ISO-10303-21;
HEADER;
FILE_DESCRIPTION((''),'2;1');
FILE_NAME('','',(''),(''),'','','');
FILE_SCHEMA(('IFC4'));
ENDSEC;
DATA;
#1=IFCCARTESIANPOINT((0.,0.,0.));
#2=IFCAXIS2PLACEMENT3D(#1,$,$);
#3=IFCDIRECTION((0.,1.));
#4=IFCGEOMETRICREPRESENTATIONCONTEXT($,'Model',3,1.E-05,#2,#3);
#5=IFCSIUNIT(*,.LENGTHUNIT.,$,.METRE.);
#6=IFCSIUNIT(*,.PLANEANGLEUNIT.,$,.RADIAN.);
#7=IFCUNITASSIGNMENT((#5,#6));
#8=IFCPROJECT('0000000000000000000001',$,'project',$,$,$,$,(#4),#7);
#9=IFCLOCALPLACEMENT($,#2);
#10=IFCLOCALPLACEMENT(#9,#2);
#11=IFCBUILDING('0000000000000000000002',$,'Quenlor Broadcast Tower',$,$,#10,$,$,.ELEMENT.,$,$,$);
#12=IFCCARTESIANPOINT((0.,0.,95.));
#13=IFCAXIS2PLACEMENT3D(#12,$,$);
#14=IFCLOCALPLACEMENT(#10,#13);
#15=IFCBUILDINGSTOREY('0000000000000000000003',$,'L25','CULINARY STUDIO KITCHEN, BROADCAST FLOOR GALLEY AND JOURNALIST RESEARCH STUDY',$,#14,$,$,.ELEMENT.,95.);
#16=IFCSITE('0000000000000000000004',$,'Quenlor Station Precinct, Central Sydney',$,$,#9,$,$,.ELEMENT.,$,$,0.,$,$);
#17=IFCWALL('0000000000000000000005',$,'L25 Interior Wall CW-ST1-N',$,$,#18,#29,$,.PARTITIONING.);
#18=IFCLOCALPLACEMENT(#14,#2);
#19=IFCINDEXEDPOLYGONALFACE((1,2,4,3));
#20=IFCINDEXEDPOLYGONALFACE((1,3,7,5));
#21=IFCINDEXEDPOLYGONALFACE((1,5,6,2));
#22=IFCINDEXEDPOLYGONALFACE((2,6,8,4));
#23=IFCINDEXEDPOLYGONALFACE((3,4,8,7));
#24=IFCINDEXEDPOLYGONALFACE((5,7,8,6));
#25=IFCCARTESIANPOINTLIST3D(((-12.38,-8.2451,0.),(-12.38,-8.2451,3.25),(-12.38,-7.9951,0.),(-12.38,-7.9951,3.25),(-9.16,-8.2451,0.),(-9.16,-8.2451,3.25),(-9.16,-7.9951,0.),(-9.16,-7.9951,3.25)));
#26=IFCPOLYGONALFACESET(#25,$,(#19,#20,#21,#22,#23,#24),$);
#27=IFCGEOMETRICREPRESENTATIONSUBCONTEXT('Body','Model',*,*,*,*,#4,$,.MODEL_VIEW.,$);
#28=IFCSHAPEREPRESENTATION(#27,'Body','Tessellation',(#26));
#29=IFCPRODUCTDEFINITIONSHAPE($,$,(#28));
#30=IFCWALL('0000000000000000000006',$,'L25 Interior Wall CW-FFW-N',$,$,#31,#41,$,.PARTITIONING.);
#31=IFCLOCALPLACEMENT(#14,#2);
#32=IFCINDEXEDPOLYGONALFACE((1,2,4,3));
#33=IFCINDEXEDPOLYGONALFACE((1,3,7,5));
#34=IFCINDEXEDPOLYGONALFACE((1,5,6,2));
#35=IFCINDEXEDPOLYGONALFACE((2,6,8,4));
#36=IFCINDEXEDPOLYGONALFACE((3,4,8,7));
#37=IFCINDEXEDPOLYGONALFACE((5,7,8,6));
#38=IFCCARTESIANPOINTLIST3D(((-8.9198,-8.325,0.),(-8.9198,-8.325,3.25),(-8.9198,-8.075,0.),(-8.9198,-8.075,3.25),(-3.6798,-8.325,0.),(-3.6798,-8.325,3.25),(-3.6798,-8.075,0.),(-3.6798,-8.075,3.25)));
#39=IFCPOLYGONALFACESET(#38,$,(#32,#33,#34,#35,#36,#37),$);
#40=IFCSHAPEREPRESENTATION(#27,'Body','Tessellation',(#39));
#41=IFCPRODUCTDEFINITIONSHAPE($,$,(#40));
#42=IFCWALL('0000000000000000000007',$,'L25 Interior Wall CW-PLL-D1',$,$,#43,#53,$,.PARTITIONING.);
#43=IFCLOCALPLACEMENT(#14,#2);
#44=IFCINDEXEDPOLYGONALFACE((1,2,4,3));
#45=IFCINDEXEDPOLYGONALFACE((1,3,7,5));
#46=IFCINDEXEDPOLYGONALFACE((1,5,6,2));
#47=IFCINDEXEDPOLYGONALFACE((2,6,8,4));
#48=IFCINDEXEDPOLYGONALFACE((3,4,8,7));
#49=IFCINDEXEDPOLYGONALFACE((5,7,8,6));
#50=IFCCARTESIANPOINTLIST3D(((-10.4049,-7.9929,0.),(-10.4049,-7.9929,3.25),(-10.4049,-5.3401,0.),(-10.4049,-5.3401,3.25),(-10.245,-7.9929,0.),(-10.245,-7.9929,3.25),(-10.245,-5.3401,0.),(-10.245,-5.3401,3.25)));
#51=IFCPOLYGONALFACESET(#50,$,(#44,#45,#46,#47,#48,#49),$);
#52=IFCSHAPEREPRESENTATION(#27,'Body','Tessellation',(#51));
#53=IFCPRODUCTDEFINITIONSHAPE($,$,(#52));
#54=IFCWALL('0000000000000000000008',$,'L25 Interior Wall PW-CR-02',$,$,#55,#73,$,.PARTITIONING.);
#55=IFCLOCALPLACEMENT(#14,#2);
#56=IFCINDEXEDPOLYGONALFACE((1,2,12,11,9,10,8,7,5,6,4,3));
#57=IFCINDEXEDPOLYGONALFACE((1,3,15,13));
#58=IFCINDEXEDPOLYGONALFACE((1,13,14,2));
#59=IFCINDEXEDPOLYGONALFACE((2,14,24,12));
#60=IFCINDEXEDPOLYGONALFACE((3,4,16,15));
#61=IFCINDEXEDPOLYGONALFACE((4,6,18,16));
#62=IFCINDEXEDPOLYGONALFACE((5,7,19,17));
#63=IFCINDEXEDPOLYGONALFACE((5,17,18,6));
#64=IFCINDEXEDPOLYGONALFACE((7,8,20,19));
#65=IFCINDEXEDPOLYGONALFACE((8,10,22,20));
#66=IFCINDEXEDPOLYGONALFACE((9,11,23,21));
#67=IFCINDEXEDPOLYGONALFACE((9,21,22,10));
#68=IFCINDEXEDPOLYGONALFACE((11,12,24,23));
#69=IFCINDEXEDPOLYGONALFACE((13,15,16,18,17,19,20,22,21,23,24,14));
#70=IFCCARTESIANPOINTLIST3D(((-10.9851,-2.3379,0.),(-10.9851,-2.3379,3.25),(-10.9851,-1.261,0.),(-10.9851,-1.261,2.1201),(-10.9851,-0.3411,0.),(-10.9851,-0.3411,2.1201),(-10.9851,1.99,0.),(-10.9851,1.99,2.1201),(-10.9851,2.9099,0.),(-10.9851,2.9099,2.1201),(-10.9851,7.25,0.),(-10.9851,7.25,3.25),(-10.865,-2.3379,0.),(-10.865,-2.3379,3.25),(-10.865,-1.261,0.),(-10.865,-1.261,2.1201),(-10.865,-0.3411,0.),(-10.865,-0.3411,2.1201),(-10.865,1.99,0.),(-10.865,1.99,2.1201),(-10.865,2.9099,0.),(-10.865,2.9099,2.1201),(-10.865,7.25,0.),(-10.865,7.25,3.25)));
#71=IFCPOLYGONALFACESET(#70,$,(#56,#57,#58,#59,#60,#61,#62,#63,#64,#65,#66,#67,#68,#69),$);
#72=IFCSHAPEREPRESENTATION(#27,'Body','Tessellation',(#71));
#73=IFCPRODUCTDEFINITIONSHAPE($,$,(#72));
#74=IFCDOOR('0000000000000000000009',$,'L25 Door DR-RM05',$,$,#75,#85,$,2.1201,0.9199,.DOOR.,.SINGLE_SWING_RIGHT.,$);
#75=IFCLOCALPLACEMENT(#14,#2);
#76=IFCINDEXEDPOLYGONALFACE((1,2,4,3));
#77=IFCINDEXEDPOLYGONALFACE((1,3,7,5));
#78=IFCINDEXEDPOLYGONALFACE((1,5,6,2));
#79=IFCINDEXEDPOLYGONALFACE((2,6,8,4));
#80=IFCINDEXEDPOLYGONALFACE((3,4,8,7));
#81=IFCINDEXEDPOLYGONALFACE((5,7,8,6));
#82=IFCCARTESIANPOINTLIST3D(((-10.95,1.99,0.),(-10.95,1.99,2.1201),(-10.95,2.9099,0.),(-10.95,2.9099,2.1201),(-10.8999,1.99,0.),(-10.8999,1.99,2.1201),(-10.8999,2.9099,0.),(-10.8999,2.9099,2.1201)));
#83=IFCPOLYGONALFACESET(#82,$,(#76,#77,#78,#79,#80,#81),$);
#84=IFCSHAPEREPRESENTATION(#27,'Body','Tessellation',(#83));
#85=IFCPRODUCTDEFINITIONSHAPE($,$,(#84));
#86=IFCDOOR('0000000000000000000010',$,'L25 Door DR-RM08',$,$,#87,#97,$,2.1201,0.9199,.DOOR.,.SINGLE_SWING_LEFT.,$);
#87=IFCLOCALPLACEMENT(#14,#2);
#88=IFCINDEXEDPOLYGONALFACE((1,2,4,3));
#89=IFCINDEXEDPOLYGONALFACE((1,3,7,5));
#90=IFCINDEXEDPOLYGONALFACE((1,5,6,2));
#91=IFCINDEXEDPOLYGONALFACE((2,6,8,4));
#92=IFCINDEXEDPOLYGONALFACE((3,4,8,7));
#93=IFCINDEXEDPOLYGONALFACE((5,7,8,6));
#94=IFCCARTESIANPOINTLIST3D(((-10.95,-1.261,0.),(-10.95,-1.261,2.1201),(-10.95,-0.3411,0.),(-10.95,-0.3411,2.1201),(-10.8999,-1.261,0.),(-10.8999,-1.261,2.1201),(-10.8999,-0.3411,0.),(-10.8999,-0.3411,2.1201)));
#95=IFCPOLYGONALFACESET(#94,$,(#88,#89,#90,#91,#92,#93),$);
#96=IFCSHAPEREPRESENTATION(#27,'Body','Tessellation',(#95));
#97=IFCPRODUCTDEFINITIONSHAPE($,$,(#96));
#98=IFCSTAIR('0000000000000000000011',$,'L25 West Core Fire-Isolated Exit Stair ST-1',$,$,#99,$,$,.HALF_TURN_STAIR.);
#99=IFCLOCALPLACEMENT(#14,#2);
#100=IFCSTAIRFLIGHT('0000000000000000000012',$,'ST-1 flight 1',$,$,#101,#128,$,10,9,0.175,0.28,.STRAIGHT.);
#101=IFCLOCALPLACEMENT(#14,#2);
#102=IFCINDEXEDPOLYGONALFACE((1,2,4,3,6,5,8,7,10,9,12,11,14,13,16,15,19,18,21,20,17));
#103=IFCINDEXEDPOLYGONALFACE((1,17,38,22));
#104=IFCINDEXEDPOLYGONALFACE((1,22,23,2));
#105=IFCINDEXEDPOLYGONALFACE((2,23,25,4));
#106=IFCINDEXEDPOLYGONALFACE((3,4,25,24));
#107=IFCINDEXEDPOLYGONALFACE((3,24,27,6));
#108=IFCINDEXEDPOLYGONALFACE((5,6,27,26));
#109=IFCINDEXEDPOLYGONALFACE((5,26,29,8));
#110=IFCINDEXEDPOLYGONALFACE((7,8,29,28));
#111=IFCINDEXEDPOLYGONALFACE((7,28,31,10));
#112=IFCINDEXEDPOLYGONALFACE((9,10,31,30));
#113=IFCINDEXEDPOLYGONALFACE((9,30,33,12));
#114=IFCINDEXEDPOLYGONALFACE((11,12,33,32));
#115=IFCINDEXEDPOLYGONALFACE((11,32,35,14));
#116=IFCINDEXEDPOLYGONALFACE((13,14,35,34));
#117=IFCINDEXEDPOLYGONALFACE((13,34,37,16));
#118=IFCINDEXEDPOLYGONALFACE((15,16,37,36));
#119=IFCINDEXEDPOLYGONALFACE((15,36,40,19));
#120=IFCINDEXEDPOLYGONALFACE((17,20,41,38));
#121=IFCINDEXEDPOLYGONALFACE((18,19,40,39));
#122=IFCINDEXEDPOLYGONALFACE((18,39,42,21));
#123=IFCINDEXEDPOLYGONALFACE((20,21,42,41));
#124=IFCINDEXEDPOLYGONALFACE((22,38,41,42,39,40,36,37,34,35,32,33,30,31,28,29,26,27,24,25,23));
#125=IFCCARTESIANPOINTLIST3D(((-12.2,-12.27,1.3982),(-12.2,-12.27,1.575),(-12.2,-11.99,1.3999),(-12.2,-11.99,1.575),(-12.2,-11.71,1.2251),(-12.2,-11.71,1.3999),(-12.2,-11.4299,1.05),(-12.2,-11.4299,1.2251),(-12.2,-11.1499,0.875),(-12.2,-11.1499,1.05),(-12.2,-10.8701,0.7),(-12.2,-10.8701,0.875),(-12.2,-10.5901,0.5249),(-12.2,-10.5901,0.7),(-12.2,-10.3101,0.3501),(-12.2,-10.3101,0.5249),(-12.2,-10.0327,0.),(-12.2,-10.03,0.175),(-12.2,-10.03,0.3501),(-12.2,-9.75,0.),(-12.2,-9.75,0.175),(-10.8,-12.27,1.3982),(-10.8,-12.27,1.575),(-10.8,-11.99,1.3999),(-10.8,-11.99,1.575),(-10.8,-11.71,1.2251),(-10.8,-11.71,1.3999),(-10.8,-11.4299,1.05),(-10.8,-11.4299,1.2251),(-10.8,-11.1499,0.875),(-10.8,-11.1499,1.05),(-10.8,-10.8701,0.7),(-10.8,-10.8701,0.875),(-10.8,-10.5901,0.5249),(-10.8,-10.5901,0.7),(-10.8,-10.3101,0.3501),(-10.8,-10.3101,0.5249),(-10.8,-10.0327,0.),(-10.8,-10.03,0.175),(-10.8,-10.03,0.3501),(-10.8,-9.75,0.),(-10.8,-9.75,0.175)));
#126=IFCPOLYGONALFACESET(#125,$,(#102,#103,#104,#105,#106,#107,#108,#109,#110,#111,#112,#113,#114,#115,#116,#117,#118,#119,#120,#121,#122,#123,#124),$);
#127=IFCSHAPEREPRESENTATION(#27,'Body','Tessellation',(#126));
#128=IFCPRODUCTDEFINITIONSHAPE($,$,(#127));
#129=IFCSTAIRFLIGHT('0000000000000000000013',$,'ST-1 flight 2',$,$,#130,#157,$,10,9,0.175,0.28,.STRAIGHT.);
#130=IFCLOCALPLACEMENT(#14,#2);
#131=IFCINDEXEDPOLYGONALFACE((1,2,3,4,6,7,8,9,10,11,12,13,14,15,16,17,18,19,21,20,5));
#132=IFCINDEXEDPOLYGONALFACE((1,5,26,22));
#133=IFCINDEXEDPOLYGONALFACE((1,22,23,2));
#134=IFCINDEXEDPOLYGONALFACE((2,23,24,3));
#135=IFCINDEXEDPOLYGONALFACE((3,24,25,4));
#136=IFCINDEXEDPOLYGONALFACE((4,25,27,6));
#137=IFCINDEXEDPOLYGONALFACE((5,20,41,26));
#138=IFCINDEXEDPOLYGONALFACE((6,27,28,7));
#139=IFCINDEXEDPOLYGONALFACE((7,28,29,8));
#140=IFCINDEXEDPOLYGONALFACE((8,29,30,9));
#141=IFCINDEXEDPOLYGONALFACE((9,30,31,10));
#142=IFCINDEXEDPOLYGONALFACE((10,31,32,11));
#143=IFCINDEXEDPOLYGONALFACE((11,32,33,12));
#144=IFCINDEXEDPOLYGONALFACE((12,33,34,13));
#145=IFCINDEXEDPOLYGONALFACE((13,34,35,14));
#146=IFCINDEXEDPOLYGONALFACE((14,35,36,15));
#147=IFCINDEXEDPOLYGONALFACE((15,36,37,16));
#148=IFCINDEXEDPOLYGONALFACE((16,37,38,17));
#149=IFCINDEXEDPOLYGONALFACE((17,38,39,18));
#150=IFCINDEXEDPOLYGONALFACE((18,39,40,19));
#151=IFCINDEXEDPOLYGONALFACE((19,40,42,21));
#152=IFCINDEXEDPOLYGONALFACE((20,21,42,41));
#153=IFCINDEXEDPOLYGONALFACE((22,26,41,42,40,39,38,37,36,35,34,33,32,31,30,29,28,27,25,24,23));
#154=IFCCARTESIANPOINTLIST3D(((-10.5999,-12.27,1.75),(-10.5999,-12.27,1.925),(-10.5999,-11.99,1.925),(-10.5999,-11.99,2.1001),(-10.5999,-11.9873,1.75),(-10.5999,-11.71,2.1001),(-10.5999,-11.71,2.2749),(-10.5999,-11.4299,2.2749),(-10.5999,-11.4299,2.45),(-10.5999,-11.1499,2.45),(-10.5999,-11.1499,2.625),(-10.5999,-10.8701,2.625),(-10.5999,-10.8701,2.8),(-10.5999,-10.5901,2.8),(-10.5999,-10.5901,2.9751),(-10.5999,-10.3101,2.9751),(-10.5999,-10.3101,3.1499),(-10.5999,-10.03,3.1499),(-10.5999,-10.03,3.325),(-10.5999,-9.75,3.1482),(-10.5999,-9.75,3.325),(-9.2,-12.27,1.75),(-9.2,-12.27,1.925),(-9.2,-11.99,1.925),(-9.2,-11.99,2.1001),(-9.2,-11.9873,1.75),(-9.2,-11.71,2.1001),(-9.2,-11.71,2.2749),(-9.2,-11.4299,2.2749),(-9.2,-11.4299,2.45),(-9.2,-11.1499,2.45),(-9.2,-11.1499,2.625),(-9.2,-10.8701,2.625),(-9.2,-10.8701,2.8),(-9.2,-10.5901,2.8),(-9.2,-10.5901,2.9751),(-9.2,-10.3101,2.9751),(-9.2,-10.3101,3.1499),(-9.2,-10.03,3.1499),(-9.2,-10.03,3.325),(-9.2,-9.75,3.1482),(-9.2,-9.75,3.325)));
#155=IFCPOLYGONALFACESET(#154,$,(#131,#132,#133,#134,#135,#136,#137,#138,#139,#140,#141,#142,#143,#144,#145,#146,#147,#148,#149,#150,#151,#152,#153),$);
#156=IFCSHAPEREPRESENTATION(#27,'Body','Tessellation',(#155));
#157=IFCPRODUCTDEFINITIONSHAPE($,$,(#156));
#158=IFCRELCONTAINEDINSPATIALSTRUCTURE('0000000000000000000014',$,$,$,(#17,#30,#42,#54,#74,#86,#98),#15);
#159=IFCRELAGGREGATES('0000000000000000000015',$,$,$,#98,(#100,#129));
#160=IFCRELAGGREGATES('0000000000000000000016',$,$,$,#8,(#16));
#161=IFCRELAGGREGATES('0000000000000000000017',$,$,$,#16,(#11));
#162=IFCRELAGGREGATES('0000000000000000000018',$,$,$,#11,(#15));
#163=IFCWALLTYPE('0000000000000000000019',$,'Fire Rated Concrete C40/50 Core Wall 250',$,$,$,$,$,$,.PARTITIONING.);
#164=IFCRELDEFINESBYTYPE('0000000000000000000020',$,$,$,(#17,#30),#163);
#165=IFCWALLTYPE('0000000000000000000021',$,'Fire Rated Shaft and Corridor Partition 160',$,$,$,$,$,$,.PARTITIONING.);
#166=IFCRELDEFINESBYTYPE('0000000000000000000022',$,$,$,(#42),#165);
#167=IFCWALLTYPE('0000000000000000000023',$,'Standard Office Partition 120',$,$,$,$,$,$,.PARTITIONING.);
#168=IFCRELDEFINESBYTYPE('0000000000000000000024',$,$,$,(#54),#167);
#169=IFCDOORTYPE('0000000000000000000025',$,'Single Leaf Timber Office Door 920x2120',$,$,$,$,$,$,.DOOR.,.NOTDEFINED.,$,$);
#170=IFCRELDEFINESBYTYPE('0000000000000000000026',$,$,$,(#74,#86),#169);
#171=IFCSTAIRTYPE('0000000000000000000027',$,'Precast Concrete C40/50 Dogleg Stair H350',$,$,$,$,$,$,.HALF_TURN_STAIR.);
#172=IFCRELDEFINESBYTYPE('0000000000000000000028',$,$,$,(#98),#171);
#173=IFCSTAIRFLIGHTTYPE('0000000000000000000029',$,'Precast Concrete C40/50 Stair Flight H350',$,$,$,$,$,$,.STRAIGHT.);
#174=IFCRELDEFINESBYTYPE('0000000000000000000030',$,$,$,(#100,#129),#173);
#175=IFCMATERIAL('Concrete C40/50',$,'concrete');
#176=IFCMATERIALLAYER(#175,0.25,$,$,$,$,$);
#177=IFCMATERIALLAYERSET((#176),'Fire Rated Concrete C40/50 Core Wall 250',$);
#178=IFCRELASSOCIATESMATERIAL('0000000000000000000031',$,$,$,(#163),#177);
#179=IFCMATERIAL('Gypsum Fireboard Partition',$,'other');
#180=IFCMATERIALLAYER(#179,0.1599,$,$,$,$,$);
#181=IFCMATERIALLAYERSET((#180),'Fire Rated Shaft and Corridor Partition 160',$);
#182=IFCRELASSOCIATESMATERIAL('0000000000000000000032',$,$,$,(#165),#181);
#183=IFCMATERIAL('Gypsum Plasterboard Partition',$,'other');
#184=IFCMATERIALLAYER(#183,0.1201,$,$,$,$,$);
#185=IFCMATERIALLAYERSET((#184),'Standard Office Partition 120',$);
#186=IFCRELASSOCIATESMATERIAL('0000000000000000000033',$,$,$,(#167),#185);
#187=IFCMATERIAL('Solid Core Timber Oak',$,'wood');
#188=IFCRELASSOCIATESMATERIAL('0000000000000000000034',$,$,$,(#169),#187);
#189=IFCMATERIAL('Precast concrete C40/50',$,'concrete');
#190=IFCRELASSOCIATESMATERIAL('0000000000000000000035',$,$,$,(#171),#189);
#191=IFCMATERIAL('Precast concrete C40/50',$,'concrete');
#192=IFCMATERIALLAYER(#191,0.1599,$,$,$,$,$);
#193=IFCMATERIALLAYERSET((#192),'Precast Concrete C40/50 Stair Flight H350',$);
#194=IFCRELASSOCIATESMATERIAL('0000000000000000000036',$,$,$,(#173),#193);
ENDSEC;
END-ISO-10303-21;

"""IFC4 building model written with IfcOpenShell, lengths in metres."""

from ifc_helpers import new_model, si_unit, direction, frame, frame_2d, origin, place, context, subcontext, project, spatial, polyline, rectangle, outline, extrude, material, layer, layer_set, type_object, element, fill, aggregate, save


model = new_model("IFC4")

# Units and contexts
model_context = context("Model", 3, precision=1e-05, world=origin(), true_north=direction((0.0, 1.0)))
body_context = subcontext(model_context, "Body", "Model", "MODEL_VIEW")
ifc_project = project(units=[si_unit("LENGTHUNIT", "METRE"), si_unit("PLANEANGLEUNIT", "RADIAN")], contexts=[model_context])

# Site, building, storey
site_placement = place(None, origin())
site = spatial("IfcSite", under=ifc_project, at=site_placement, Name="Quenlor Station Precinct, Central Sydney", CompositionType="ELEMENT", RefElevation=0.0)
building_placement = place(site_placement, origin())
building = spatial("IfcBuilding", under=site, at=building_placement, Name="Quenlor Broadcast Tower", CompositionType="ELEMENT")
storey_placement = place(building_placement, frame((0.0, 0.0, 95.0)))
storey = spatial("IfcBuildingStorey", under=building, at=storey_placement, Name="L25", Description="CULINARY STUDIO KITCHEN, BROADCAST FLOOR GALLEY AND JOURNALIST RESEARCH STUDY", CompositionType="ELEMENT", Elevation=95.0)

# Shared definitions
ifc_material_1 = material(Name="Concrete C40/50", Category="concrete")
ifc_layer_1 = layer(ifc_material_1, 0.25)
ifc_layer_set_1 = layer_set([ifc_layer_1], Name="Fire Rated Concrete C40/50 Core Wall 250")
wall_type_1 = type_object("IfcWallType", Name="Fire Rated Concrete C40/50 Core Wall 250", PredefinedType="PARTITIONING", material=ifc_layer_set_1)

# Walls
wall_1_placement = place(storey_placement, frame((-12.3799, -8.1201, 0.0), z_axis=(0.0, 0.0, 1.0), x_axis=(1.0, 0.0, 0.0)))
element("IfcWall", 1, at=wall_1_placement, inside=storey, type_object=wall_type_1, Name="L25 Interior Wall CW-ST1-N", PredefinedType="PARTITIONING", context=body_context, shape_type="SweptSolid", body=[
    extrude(rectangle(XDim=3.22, YDim=0.25, at=frame_2d((1.6099, 0.0))), origin(), (0.0, 0.0, 1.0), 3.25),
])
wall_2_placement = place(storey_placement, frame((-8.9199, -8.2, 0.0), z_axis=(0.0, 0.0, 1.0), x_axis=(1.0, 0.0, 0.0)))
element("IfcWall", 2, at=wall_2_placement, inside=storey, type_object=wall_type_1, Name="L25 Interior Wall CW-FFW-N", PredefinedType="PARTITIONING", context=body_context, shape_type="SweptSolid", body=[
    extrude(rectangle(XDim=5.24, YDim=0.25, at=frame_2d((2.6201, 0.0))), origin(), (0.0, 0.0, 1.0), 3.25),
])

# Wall
ifc_material_2 = material(Name="Gypsum Fireboard Partition", Category="other")
ifc_layer_2 = layer(ifc_material_2, 0.1599)
ifc_layer_set_2 = layer_set([ifc_layer_2], Name="Fire Rated Shaft and Corridor Partition 160")
wall_type_2 = type_object("IfcWallType", Name="Fire Rated Shaft and Corridor Partition 160", PredefinedType="PARTITIONING", material=ifc_layer_set_2)
wall_3_placement = place(storey_placement, frame((-10.325, -7.9929, 0.0), z_axis=(0.0, 0.0, 1.0), x_axis=(0.0, 1.0, 0.0)))
element("IfcWall", 3, at=wall_3_placement, inside=storey, type_object=wall_type_2, Name="L25 Interior Wall CW-PLL-D1", PredefinedType="PARTITIONING", context=body_context, shape_type="SweptSolid", body=[
    extrude(rectangle(XDim=2.6528, YDim=0.1599, at=frame_2d((1.3264, 0.0))), origin(), (0.0, 0.0, 1.0), 3.25),
])

# Wall, openings, doors
ifc_material_3 = material(Name="Gypsum Plasterboard Partition", Category="other")
ifc_layer_3 = layer(ifc_material_3, 0.1201)
ifc_layer_set_3 = layer_set([ifc_layer_3], Name="Standard Office Partition 120")
wall_type_3 = type_object("IfcWallType", Name="Standard Office Partition 120", PredefinedType="PARTITIONING", material=ifc_layer_set_3)
wall_4_placement = place(storey_placement, frame((-10.925, -2.3379, 0.0), z_axis=(0.0, 0.0, 1.0), x_axis=(0.0, 1.0, 0.0)))
wall_4 = element("IfcWall", 4, at=wall_4_placement, inside=storey, type_object=wall_type_3, Name="L25 Interior Wall PW-CR-02", PredefinedType="PARTITIONING", context=body_context, shape_type="SweptSolid", body=[
    extrude(rectangle(XDim=9.5879, YDim=0.1201, at=frame_2d((4.7939, 0.0))), origin(), (0.0, 0.0, 1.0), 3.25),
])
opening_1_placement = place(wall_4_placement, frame((4.3279, 0.0, 0.0)))
opening_1 = element("IfcOpeningElement", 5, at=opening_1_placement, cuts=wall_4, PredefinedType="OPENING", context=body_context, shape_type="SweptSolid", body=[
    extrude(rectangle(XDim=0.9199, YDim=2.1201, at=frame_2d((0.46, 1.0601))), frame((0.0, 0.0701, 0.0), z_axis=(0.0, -1.0, 0.0), x_axis=(1.0, 0.0, 0.0)), (0.0, 0.0, 1.0), 0.1401),
])
opening_2_placement = place(wall_4_placement, frame((1.0769, 0.0, 0.0)))
opening_2 = element("IfcOpeningElement", 6, at=opening_2_placement, cuts=wall_4, PredefinedType="OPENING", context=body_context, shape_type="SweptSolid", body=[
    extrude(rectangle(XDim=0.9199, YDim=2.1201, at=frame_2d((0.46, 1.0601))), frame((0.0, 0.0701, 0.0), z_axis=(0.0, -1.0, 0.0), x_axis=(1.0, 0.0, 0.0)), (0.0, 0.0, 1.0), 0.1401),
])
ifc_material_4 = material(Name="Solid Core Timber Oak", Category="wood")
door_type_1 = type_object("IfcDoorType", Name="Single Leaf Timber Office Door 920x2120", OperationType="NOTDEFINED", PredefinedType="DOOR", material=ifc_material_4)
door_1_placement = place(opening_1_placement, origin())
door_1 = element("IfcDoor", 7, at=door_1_placement, inside=storey, type_object=door_type_1, Name="L25 Door DR-RM05", OperationType="SINGLE_SWING_RIGHT", OverallHeight=2.1201, OverallWidth=0.9199, PredefinedType="DOOR", context=body_context, shape_type="SweptSolid", body=[
    extrude(rectangle(XDim=0.9199, YDim=2.1201, at=frame_2d((0.46, 1.0601))), frame((0.0, 0.0249, 0.0), z_axis=(0.0, -1.0, 0.0), x_axis=(1.0, 0.0, 0.0)), (0.0, 0.0, 1.0), 0.05),
])
fill(opening_1, door_1)
door_2_placement = place(opening_2_placement, origin())
door_2 = element("IfcDoor", 8, at=door_2_placement, inside=storey, type_object=door_type_1, Name="L25 Door DR-RM08", OperationType="SINGLE_SWING_LEFT", OverallHeight=2.1201, OverallWidth=0.9199, PredefinedType="DOOR", context=body_context, shape_type="SweptSolid", body=[
    extrude(rectangle(XDim=0.9199, YDim=2.1201, at=frame_2d((0.46, 1.0601))), frame((0.0, 0.0249, 0.0), z_axis=(0.0, -1.0, 0.0), x_axis=(1.0, 0.0, 0.0)), (0.0, 0.0, 1.0), 0.05),
])
fill(opening_2, door_2)

# Stair, stair flights
ifc_material_5 = material(Name="Precast concrete C40/50", Category="concrete")
stair_type = type_object("IfcStairType", Name="Precast Concrete C40/50 Dogleg Stair H350", PredefinedType="HALF_TURN_STAIR", material=ifc_material_5)
stair_placement = place(storey_placement, origin())
stair = element("IfcStair", 9, at=stair_placement, inside=storey, type_object=stair_type, Name="L25 West Core Fire-Isolated Exit Stair ST-1", PredefinedType="HALF_TURN_STAIR")
ifc_material_6 = material(Name="Precast concrete C40/50", Category="concrete")
ifc_layer_4 = layer(ifc_material_6, 0.1599)
ifc_layer_set_4 = layer_set([ifc_layer_4], Name="Precast Concrete C40/50 Stair Flight H350")
stair_flight_type = type_object("IfcStairFlightType", Name="Precast Concrete C40/50 Stair Flight H350", PredefinedType="STRAIGHT", material=ifc_layer_set_4)
stair_flight_1_placement = place(storey_placement, frame((-11.5, -9.75, 0.0), z_axis=(0.0, 0.0, 1.0), x_axis=(0.0, -1.0, 0.0)))
stair_flight_1 = element("IfcStairFlight", 10, at=stair_flight_1_placement, type_object=stair_flight_type, Name="ST-1 flight 1", NumberOfRisers=10, NumberOfTreads=9, PredefinedType="STRAIGHT", RiserHeight=0.175, TreadLength=0.28, context=body_context, shape_type="SweptSolid", body=[
    extrude(outline(polyline([(0.0, 0.0), (0.0, 0.175), (0.28, 0.175), (0.28, 0.3501), (0.5601, 0.3501), (0.5601, 0.5249), (0.8401, 0.5249), (0.8401, 0.7), (1.1201, 0.7), (1.1201, 0.875), (1.3999, 0.875), (1.3999, 1.05), (1.6799, 1.05), (1.6799, 1.2251), (1.96, 1.2251), (1.96, 1.3999), (2.24, 1.3999), (2.24, 1.575), (2.52, 1.575), (2.52, 1.75), (2.52, 1.3982), (0.2827, 0.0), (0.0, 0.0)])), frame((0.0, 0.7, 0.0), z_axis=(0.0, -1.0, 0.0), x_axis=(1.0, 0.0, 0.0)), (0.0, 0.0, 1.0), 1.3999),
])
stair_flight_2_placement = place(storey_placement, frame((-9.8999, -12.27, 1.75), z_axis=(0.0, 0.0, 1.0), x_axis=(0.0, 1.0, 0.0)))
stair_flight_2 = element("IfcStairFlight", 11, at=stair_flight_2_placement, type_object=stair_flight_type, Name="ST-1 flight 2", NumberOfRisers=10, NumberOfTreads=9, PredefinedType="STRAIGHT", RiserHeight=0.175, TreadLength=0.28, context=body_context, shape_type="SweptSolid", body=[
    extrude(outline(polyline([(0.0, 0.0), (0.0, 0.175), (0.28, 0.175), (0.28, 0.3501), (0.5601, 0.3501), (0.5601, 0.5249), (0.8401, 0.5249), (0.8401, 0.7), (1.1201, 0.7), (1.1201, 0.875), (1.3999, 0.875), (1.3999, 1.05), (1.6799, 1.05), (1.6799, 1.2251), (1.96, 1.2251), (1.96, 1.3999), (2.24, 1.3999), (2.24, 1.575), (2.52, 1.575), (2.52, 1.75), (2.52, 1.3982), (0.2827, 0.0), (0.0, 0.0)])), frame((0.0, 0.7, 0.0), z_axis=(0.0, -1.0, 0.0), x_axis=(1.0, 0.0, 0.0)), (0.0, 0.0, 1.0), 1.3999),
])
aggregate(stair, [stair_flight_1, stair_flight_2])

save(model, "model.ifc")
